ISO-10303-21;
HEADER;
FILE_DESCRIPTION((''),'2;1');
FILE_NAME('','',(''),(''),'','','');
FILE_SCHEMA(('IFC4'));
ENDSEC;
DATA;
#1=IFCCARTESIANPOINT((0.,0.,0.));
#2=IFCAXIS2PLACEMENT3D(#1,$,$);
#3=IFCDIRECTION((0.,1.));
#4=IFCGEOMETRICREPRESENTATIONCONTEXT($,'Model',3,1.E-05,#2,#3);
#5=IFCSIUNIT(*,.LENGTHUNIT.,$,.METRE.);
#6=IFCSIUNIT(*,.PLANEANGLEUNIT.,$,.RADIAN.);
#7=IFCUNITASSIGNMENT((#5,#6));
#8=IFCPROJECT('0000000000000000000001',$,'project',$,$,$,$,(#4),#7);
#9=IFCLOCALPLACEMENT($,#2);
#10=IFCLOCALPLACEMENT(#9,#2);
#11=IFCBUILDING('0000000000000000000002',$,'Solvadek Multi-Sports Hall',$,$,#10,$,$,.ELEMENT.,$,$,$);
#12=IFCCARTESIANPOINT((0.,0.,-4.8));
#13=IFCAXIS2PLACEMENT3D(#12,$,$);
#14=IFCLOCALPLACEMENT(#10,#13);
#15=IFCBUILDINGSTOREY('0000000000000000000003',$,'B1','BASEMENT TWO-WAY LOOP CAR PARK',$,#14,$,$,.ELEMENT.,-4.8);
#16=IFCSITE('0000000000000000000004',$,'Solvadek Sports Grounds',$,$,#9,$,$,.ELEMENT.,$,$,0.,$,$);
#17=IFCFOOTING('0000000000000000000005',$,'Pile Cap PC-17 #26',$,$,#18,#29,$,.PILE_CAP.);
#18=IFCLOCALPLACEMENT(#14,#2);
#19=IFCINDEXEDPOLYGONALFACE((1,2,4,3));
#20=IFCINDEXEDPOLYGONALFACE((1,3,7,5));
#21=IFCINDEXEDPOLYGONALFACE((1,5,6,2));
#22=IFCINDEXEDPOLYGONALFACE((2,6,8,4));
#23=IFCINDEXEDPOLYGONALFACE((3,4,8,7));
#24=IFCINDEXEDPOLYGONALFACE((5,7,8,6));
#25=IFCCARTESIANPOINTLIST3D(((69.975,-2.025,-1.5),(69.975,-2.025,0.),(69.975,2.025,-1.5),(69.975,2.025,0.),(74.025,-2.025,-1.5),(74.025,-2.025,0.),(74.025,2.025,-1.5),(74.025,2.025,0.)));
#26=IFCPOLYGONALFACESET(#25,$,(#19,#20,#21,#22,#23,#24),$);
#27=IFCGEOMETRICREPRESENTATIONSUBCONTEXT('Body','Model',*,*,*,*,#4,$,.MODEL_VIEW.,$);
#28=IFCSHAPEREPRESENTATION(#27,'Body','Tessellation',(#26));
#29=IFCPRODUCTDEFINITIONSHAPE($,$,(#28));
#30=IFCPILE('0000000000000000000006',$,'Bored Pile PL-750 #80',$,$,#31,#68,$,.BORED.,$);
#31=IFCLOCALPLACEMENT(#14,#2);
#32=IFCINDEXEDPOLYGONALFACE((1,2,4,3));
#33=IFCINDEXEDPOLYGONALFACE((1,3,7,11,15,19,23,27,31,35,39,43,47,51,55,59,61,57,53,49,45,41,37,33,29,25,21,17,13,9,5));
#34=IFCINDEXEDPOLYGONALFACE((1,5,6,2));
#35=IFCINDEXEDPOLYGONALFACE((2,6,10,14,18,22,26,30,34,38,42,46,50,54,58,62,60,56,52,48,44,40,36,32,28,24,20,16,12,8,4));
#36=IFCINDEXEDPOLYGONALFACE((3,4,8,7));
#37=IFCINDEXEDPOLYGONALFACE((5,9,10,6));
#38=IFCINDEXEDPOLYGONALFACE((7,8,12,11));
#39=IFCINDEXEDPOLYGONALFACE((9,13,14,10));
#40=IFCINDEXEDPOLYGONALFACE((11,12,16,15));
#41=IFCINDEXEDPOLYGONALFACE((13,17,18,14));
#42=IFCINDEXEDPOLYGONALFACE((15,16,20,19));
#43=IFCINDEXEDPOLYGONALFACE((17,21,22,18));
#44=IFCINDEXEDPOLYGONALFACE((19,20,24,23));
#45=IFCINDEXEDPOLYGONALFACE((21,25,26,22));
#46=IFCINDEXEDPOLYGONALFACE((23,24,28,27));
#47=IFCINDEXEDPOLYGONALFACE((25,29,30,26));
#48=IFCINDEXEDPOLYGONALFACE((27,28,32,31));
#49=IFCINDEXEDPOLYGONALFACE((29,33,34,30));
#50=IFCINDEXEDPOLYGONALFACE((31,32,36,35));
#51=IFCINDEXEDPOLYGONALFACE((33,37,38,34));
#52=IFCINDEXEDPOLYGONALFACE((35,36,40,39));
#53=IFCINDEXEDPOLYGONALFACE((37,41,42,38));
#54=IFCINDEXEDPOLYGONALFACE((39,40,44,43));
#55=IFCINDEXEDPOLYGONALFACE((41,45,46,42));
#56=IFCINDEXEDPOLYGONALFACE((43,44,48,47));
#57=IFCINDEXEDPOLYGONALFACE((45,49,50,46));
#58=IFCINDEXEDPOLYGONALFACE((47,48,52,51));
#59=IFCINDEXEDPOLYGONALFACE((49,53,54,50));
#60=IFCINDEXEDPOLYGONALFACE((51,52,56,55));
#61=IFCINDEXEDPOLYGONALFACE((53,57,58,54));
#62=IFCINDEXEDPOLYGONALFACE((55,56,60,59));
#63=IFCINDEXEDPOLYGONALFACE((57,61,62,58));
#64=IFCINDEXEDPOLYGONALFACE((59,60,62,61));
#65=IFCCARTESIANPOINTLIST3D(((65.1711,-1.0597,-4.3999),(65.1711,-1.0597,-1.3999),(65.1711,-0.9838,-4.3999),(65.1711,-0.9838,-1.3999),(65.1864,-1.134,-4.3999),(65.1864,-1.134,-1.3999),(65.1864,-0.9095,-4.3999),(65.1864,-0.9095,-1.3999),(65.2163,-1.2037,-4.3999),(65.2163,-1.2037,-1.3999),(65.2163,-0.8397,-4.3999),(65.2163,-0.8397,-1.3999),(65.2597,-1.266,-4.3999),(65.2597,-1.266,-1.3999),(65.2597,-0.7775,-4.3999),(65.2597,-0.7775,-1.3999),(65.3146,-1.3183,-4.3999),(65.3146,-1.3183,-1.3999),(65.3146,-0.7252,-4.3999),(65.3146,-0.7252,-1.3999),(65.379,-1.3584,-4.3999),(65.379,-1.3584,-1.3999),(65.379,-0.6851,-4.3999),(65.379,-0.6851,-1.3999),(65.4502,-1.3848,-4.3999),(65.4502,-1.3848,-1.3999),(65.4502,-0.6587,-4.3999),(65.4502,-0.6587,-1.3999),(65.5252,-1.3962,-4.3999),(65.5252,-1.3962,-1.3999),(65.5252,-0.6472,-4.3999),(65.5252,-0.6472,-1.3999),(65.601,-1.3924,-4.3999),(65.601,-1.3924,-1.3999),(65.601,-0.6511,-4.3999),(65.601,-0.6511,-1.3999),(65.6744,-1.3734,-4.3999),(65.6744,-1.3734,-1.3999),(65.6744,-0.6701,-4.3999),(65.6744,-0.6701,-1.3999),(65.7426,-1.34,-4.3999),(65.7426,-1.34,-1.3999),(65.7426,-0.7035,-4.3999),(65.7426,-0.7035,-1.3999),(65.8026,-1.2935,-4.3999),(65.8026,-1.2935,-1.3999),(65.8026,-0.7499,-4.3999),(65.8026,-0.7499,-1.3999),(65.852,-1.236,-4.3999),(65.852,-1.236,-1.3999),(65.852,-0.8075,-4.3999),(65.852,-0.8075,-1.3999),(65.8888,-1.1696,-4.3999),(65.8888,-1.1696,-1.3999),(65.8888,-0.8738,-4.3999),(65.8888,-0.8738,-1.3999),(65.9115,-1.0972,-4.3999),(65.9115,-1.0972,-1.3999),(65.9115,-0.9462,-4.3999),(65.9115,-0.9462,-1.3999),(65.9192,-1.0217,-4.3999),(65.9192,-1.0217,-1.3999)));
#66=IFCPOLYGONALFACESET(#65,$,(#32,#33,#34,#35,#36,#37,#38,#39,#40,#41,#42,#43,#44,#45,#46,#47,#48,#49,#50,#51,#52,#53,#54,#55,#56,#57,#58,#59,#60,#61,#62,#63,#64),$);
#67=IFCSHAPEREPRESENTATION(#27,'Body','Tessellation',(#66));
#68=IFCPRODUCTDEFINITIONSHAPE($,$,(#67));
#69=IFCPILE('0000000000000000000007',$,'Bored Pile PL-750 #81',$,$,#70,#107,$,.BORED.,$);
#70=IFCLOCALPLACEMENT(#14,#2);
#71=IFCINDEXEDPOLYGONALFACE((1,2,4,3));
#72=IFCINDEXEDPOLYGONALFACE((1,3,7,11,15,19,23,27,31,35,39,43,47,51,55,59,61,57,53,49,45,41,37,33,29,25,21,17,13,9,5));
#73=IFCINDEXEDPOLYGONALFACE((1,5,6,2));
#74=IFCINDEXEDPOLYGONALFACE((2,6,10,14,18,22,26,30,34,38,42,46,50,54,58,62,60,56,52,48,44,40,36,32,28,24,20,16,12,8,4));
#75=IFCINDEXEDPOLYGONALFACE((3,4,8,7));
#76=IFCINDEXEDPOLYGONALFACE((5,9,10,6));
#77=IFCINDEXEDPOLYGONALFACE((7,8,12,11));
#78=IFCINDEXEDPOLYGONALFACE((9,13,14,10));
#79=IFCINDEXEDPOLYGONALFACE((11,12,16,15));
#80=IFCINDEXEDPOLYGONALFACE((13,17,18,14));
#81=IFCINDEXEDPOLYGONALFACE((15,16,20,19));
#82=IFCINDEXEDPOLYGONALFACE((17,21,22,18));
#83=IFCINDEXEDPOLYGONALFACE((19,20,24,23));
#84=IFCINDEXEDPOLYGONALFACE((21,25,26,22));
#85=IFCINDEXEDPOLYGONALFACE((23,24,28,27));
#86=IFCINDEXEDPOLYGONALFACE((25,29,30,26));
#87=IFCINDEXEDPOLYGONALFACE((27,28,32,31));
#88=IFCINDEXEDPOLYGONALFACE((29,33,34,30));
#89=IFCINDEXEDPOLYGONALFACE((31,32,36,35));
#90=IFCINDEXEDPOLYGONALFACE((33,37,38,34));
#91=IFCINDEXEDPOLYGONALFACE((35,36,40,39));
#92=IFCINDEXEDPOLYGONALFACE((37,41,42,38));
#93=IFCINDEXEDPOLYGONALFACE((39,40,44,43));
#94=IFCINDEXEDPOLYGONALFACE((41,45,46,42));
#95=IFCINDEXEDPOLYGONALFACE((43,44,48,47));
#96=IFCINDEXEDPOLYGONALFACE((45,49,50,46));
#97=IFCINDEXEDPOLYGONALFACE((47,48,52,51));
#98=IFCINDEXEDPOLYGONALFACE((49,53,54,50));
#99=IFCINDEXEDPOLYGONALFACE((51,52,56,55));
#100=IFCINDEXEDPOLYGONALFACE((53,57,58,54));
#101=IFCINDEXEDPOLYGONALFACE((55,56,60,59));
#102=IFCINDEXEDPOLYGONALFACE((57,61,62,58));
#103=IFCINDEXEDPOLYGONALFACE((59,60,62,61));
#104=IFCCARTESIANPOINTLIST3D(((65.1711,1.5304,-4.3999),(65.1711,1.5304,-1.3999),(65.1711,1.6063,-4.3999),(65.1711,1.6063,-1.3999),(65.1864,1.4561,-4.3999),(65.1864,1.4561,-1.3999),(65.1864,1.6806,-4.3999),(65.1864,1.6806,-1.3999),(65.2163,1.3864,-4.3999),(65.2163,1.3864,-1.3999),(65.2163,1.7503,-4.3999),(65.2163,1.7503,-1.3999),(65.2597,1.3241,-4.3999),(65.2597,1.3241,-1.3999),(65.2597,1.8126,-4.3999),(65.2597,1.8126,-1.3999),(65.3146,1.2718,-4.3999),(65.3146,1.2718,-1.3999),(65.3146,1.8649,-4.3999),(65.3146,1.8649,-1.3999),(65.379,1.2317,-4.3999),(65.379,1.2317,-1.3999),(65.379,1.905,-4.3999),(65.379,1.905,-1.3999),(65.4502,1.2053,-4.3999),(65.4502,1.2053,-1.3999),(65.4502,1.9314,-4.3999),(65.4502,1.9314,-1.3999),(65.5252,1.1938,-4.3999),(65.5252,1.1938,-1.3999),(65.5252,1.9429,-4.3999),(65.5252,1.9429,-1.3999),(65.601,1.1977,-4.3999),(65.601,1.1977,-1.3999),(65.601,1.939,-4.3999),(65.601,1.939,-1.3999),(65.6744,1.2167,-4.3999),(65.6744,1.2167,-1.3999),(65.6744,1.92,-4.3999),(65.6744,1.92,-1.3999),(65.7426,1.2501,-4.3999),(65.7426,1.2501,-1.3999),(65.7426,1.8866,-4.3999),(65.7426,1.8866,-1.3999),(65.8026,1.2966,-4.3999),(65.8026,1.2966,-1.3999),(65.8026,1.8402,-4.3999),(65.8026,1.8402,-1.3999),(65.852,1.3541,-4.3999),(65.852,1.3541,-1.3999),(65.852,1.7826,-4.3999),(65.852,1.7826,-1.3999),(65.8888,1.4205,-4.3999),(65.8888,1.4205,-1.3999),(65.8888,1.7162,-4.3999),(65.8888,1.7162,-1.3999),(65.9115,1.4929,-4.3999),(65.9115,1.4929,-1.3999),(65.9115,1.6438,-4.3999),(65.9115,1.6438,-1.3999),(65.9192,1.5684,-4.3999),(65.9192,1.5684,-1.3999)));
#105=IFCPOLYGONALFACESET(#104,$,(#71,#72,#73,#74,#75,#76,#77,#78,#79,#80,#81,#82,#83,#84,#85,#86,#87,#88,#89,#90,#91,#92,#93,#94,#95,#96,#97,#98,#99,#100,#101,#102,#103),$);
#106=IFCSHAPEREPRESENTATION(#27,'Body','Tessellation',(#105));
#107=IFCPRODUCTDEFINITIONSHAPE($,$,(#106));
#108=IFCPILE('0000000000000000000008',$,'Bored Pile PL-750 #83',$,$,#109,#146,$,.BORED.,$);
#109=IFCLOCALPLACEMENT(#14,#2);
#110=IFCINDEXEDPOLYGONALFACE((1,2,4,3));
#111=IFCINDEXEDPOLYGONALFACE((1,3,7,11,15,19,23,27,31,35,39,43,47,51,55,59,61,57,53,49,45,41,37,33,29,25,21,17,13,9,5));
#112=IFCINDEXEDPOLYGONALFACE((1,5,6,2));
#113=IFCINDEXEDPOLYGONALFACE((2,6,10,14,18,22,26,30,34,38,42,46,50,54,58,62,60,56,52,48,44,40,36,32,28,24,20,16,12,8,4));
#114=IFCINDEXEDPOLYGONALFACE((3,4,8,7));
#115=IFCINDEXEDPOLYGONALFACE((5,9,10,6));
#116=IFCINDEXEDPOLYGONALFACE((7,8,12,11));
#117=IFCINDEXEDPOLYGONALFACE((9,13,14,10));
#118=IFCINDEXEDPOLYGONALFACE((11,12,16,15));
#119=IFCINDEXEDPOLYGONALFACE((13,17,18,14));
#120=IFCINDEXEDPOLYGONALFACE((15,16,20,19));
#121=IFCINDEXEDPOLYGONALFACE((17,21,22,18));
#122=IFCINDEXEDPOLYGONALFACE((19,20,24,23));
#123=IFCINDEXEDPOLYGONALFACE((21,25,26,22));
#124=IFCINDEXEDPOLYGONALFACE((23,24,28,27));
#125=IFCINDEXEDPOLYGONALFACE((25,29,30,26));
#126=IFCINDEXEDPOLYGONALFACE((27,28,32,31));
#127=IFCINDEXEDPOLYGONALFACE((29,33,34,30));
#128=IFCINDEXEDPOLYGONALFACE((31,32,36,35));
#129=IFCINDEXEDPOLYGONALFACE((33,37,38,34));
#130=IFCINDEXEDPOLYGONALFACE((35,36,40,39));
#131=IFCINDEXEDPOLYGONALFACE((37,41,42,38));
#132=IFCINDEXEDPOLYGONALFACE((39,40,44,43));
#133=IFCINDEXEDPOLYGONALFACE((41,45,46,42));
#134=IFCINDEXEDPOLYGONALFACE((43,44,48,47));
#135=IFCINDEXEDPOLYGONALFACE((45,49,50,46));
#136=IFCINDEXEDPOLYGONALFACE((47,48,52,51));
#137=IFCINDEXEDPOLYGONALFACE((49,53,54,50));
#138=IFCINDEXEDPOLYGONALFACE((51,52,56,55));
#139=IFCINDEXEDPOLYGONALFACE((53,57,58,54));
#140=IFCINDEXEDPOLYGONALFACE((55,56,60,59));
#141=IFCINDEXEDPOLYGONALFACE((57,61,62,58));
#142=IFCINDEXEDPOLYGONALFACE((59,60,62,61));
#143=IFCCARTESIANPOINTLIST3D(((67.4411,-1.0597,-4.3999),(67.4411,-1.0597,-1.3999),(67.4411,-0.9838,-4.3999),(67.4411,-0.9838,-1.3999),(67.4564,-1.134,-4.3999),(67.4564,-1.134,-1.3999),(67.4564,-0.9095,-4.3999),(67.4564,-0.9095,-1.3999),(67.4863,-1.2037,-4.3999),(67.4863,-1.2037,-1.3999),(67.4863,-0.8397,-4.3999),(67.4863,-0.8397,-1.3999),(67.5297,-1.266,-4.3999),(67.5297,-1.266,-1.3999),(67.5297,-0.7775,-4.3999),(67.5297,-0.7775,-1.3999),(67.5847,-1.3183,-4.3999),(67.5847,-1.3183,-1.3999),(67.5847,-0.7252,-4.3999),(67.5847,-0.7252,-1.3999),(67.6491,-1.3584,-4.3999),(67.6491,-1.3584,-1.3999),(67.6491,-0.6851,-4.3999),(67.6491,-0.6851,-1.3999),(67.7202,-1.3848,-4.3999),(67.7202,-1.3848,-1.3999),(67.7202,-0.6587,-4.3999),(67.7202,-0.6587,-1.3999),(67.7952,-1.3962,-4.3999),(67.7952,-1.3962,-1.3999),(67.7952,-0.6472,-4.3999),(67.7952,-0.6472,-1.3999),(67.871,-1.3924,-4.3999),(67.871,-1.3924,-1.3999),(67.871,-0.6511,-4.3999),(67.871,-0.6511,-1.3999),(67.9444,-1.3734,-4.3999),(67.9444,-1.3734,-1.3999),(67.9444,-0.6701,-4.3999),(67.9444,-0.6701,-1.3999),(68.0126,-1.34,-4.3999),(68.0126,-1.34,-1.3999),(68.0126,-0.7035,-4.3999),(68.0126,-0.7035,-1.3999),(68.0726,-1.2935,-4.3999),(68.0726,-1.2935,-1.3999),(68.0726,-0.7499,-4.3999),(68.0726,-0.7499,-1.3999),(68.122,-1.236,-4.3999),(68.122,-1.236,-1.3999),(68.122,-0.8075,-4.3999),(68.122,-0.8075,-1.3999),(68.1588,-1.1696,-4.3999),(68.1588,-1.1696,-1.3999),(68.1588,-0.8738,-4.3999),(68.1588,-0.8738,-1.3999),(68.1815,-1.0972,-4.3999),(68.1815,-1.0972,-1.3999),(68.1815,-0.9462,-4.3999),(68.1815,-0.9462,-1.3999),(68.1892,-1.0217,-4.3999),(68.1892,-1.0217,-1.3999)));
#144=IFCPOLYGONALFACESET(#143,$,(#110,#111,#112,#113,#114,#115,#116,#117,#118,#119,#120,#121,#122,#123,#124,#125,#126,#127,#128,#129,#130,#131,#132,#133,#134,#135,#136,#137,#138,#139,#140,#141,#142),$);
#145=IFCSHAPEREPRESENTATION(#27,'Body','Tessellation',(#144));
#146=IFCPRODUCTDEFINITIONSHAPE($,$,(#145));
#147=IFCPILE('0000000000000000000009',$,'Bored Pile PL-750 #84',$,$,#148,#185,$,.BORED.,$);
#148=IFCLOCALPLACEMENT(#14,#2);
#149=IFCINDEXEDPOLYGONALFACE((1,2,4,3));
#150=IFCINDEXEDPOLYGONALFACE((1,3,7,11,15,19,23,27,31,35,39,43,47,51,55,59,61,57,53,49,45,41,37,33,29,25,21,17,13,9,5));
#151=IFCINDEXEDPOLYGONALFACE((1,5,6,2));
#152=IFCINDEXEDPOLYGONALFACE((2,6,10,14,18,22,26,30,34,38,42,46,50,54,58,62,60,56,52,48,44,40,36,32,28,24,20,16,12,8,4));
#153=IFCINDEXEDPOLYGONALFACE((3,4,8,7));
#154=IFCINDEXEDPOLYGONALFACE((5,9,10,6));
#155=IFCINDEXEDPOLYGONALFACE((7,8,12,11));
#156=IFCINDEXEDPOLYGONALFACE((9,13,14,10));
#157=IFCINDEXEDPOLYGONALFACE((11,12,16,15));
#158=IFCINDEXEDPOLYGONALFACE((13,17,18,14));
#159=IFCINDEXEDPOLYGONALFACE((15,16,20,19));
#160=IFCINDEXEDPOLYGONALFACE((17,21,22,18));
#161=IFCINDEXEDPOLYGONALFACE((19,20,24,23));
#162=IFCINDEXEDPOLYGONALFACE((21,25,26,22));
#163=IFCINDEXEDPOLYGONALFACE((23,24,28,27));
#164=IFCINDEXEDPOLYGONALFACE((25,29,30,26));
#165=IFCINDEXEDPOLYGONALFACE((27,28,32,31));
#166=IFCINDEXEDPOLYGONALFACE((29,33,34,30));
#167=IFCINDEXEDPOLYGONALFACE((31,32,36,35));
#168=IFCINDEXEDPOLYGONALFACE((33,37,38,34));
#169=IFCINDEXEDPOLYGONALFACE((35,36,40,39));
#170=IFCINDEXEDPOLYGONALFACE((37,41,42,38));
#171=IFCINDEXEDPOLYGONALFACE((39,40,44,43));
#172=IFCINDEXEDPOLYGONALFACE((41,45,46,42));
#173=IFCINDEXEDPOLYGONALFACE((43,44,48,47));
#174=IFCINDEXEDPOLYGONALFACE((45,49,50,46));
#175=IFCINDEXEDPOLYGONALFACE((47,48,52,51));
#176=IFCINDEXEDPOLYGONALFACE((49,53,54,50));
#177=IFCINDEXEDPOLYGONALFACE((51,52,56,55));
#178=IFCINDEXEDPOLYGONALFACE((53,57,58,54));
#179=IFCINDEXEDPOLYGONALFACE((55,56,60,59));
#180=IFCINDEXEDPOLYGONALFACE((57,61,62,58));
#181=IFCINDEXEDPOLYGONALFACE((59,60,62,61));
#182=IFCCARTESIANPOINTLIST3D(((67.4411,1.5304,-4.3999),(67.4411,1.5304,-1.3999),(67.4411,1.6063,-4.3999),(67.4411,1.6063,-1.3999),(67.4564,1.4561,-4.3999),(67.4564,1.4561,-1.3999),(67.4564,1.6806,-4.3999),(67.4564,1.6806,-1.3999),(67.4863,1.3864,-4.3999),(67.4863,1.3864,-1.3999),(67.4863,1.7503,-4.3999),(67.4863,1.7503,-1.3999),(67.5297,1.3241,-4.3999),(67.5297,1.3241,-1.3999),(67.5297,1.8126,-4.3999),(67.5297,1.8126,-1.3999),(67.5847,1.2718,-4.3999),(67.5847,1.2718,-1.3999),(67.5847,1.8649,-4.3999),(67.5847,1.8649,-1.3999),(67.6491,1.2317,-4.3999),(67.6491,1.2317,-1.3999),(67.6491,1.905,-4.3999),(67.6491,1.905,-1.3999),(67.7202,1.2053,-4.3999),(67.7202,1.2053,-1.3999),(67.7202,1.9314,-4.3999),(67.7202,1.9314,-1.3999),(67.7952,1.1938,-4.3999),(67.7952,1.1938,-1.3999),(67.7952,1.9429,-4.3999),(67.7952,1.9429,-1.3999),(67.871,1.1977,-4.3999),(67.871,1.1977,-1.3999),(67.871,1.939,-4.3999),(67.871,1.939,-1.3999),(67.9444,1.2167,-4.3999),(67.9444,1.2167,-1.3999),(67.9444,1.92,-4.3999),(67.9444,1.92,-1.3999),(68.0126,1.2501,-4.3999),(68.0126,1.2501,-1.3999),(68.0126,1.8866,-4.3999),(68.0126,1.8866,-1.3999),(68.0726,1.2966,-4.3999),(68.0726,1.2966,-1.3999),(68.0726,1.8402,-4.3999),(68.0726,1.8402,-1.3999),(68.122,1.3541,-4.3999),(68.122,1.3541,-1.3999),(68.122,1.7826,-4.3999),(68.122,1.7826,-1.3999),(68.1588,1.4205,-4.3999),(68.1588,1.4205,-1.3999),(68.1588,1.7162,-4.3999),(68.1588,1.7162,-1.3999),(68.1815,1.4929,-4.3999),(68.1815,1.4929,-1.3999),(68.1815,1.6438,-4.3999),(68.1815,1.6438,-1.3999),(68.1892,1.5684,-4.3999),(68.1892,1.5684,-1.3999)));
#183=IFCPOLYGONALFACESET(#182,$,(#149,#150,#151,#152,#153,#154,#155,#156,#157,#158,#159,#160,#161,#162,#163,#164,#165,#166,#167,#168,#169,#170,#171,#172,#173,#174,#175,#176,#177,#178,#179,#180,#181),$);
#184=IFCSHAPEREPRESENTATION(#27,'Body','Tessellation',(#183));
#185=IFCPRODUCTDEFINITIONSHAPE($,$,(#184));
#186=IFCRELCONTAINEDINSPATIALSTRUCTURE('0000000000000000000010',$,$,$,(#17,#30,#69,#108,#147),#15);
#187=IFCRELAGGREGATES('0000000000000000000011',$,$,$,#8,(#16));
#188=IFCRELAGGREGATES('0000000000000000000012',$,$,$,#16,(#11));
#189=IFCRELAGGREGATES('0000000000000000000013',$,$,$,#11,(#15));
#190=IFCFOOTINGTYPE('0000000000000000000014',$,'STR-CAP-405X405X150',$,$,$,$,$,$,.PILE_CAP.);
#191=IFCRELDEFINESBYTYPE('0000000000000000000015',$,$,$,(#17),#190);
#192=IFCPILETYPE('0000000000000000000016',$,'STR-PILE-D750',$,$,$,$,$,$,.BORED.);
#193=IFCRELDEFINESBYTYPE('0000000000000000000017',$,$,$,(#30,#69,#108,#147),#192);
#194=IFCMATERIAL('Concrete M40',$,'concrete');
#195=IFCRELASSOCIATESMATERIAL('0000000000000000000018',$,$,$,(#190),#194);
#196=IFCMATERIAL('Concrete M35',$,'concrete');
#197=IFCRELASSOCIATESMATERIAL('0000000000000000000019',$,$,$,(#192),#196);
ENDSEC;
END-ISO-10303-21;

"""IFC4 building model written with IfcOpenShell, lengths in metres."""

from ifc_helpers import new_model, si_unit, direction, frame, origin, origin_2d, place, context, subcontext, project, spatial, rectangle, circle, extrude, material, material_profile, profile_set, type_object, element, save


model = new_model("IFC4")

# Units and contexts
model_context = context("Model", 3, precision=1e-05, world=origin(), true_north=direction((0.0, 1.0)))
body_context = subcontext(model_context, "Body", "Model", "MODEL_VIEW")
ifc_project = project(units=[si_unit("LENGTHUNIT", "METRE"), si_unit("PLANEANGLEUNIT", "RADIAN")], contexts=[model_context])

# Site, building, storey
site_placement = place(None, origin())
site = spatial("IfcSite", under=ifc_project, at=site_placement, Name="Solvadek Sports Grounds", CompositionType="ELEMENT", RefElevation=0.0)
building_placement = place(site_placement, origin())
building = spatial("IfcBuilding", under=site, at=building_placement, Name="Solvadek Multi-Sports Hall", CompositionType="ELEMENT")
storey_placement = place(building_placement, frame((0.0, 0.0, -4.8)))
storey = spatial("IfcBuildingStorey", under=building, at=storey_placement, Name="B1", Description="BASEMENT TWO-WAY LOOP CAR PARK", CompositionType="ELEMENT", Elevation=-4.8)

# Footing
ifc_material_1 = material(Name="Concrete M40", Category="concrete")
footing_type_1 = type_object("IfcFootingType", Name="STR-CAP-405X405X150", PredefinedType="PILE_CAP", material=ifc_material_1)
footing_1_placement = place(storey_placement, frame((72.0, 0.0, -1.5), z_axis=(0.0, 0.0, 1.0), x_axis=(1.0, 0.0, 0.0)))
element("IfcFooting", 1, at=footing_1_placement, inside=storey, type_object=footing_type_1, Name="Pile Cap PC-17 #26", PredefinedType="PILE_CAP", context=body_context, shape_type="SweptSolid", body=[
    extrude(rectangle(XDim=4.05, YDim=4.05, at=origin_2d()), origin(), (0.0, 0.0, 1.0), 1.5),
])

# Piles
ifc_material_2 = material(Name="Concrete M35", Category="concrete")
ifc_material_profile_1 = material_profile(ifc_material_2, circle(Radius=0.375, at=origin_2d()), Name="BORED PILE D750")
ifc_profile_set_1 = profile_set([ifc_material_profile_1], Name="Concrete M35")
pile_type_1 = type_object("IfcPileType", Name="STR-PILE-D750", PredefinedType="BORED", material=ifc_profile_set_1)
for number, where, z_axis, x_axis, name in (
    (2, (65.5442, -1.0217, -1.3999), (0.0, 0.0, -1.0), (1.0, 0.0, 0.0), "Bored Pile PL-750 #80"),
    (3, (65.5442, 1.5684, -1.3999), (0.0, 0.0, -1.0), (1.0, 0.0, 0.0), "Bored Pile PL-750 #81"),
    (4, (67.8142, -1.0217, -1.3999), (0.0, 0.0, -1.0), (1.0, 0.0, 0.0), "Bored Pile PL-750 #83"),
    (5, (67.8142, 1.5684, -1.3999), (0.0, 0.0, -1.0), (1.0, 0.0, 0.0), "Bored Pile PL-750 #84"),
):
    element("IfcPile", number, at=place(storey_placement, frame(where, z_axis=z_axis, x_axis=x_axis)), inside=storey, type_object=pile_type_1, Name=name, PredefinedType="BORED", context=body_context, shape_type="SweptSolid", body=[
        extrude(circle(Radius=0.375, at=origin_2d()), origin(), (0.0, 0.0, 1.0), 3.0),
    ])

save(model, "model.ifc")
